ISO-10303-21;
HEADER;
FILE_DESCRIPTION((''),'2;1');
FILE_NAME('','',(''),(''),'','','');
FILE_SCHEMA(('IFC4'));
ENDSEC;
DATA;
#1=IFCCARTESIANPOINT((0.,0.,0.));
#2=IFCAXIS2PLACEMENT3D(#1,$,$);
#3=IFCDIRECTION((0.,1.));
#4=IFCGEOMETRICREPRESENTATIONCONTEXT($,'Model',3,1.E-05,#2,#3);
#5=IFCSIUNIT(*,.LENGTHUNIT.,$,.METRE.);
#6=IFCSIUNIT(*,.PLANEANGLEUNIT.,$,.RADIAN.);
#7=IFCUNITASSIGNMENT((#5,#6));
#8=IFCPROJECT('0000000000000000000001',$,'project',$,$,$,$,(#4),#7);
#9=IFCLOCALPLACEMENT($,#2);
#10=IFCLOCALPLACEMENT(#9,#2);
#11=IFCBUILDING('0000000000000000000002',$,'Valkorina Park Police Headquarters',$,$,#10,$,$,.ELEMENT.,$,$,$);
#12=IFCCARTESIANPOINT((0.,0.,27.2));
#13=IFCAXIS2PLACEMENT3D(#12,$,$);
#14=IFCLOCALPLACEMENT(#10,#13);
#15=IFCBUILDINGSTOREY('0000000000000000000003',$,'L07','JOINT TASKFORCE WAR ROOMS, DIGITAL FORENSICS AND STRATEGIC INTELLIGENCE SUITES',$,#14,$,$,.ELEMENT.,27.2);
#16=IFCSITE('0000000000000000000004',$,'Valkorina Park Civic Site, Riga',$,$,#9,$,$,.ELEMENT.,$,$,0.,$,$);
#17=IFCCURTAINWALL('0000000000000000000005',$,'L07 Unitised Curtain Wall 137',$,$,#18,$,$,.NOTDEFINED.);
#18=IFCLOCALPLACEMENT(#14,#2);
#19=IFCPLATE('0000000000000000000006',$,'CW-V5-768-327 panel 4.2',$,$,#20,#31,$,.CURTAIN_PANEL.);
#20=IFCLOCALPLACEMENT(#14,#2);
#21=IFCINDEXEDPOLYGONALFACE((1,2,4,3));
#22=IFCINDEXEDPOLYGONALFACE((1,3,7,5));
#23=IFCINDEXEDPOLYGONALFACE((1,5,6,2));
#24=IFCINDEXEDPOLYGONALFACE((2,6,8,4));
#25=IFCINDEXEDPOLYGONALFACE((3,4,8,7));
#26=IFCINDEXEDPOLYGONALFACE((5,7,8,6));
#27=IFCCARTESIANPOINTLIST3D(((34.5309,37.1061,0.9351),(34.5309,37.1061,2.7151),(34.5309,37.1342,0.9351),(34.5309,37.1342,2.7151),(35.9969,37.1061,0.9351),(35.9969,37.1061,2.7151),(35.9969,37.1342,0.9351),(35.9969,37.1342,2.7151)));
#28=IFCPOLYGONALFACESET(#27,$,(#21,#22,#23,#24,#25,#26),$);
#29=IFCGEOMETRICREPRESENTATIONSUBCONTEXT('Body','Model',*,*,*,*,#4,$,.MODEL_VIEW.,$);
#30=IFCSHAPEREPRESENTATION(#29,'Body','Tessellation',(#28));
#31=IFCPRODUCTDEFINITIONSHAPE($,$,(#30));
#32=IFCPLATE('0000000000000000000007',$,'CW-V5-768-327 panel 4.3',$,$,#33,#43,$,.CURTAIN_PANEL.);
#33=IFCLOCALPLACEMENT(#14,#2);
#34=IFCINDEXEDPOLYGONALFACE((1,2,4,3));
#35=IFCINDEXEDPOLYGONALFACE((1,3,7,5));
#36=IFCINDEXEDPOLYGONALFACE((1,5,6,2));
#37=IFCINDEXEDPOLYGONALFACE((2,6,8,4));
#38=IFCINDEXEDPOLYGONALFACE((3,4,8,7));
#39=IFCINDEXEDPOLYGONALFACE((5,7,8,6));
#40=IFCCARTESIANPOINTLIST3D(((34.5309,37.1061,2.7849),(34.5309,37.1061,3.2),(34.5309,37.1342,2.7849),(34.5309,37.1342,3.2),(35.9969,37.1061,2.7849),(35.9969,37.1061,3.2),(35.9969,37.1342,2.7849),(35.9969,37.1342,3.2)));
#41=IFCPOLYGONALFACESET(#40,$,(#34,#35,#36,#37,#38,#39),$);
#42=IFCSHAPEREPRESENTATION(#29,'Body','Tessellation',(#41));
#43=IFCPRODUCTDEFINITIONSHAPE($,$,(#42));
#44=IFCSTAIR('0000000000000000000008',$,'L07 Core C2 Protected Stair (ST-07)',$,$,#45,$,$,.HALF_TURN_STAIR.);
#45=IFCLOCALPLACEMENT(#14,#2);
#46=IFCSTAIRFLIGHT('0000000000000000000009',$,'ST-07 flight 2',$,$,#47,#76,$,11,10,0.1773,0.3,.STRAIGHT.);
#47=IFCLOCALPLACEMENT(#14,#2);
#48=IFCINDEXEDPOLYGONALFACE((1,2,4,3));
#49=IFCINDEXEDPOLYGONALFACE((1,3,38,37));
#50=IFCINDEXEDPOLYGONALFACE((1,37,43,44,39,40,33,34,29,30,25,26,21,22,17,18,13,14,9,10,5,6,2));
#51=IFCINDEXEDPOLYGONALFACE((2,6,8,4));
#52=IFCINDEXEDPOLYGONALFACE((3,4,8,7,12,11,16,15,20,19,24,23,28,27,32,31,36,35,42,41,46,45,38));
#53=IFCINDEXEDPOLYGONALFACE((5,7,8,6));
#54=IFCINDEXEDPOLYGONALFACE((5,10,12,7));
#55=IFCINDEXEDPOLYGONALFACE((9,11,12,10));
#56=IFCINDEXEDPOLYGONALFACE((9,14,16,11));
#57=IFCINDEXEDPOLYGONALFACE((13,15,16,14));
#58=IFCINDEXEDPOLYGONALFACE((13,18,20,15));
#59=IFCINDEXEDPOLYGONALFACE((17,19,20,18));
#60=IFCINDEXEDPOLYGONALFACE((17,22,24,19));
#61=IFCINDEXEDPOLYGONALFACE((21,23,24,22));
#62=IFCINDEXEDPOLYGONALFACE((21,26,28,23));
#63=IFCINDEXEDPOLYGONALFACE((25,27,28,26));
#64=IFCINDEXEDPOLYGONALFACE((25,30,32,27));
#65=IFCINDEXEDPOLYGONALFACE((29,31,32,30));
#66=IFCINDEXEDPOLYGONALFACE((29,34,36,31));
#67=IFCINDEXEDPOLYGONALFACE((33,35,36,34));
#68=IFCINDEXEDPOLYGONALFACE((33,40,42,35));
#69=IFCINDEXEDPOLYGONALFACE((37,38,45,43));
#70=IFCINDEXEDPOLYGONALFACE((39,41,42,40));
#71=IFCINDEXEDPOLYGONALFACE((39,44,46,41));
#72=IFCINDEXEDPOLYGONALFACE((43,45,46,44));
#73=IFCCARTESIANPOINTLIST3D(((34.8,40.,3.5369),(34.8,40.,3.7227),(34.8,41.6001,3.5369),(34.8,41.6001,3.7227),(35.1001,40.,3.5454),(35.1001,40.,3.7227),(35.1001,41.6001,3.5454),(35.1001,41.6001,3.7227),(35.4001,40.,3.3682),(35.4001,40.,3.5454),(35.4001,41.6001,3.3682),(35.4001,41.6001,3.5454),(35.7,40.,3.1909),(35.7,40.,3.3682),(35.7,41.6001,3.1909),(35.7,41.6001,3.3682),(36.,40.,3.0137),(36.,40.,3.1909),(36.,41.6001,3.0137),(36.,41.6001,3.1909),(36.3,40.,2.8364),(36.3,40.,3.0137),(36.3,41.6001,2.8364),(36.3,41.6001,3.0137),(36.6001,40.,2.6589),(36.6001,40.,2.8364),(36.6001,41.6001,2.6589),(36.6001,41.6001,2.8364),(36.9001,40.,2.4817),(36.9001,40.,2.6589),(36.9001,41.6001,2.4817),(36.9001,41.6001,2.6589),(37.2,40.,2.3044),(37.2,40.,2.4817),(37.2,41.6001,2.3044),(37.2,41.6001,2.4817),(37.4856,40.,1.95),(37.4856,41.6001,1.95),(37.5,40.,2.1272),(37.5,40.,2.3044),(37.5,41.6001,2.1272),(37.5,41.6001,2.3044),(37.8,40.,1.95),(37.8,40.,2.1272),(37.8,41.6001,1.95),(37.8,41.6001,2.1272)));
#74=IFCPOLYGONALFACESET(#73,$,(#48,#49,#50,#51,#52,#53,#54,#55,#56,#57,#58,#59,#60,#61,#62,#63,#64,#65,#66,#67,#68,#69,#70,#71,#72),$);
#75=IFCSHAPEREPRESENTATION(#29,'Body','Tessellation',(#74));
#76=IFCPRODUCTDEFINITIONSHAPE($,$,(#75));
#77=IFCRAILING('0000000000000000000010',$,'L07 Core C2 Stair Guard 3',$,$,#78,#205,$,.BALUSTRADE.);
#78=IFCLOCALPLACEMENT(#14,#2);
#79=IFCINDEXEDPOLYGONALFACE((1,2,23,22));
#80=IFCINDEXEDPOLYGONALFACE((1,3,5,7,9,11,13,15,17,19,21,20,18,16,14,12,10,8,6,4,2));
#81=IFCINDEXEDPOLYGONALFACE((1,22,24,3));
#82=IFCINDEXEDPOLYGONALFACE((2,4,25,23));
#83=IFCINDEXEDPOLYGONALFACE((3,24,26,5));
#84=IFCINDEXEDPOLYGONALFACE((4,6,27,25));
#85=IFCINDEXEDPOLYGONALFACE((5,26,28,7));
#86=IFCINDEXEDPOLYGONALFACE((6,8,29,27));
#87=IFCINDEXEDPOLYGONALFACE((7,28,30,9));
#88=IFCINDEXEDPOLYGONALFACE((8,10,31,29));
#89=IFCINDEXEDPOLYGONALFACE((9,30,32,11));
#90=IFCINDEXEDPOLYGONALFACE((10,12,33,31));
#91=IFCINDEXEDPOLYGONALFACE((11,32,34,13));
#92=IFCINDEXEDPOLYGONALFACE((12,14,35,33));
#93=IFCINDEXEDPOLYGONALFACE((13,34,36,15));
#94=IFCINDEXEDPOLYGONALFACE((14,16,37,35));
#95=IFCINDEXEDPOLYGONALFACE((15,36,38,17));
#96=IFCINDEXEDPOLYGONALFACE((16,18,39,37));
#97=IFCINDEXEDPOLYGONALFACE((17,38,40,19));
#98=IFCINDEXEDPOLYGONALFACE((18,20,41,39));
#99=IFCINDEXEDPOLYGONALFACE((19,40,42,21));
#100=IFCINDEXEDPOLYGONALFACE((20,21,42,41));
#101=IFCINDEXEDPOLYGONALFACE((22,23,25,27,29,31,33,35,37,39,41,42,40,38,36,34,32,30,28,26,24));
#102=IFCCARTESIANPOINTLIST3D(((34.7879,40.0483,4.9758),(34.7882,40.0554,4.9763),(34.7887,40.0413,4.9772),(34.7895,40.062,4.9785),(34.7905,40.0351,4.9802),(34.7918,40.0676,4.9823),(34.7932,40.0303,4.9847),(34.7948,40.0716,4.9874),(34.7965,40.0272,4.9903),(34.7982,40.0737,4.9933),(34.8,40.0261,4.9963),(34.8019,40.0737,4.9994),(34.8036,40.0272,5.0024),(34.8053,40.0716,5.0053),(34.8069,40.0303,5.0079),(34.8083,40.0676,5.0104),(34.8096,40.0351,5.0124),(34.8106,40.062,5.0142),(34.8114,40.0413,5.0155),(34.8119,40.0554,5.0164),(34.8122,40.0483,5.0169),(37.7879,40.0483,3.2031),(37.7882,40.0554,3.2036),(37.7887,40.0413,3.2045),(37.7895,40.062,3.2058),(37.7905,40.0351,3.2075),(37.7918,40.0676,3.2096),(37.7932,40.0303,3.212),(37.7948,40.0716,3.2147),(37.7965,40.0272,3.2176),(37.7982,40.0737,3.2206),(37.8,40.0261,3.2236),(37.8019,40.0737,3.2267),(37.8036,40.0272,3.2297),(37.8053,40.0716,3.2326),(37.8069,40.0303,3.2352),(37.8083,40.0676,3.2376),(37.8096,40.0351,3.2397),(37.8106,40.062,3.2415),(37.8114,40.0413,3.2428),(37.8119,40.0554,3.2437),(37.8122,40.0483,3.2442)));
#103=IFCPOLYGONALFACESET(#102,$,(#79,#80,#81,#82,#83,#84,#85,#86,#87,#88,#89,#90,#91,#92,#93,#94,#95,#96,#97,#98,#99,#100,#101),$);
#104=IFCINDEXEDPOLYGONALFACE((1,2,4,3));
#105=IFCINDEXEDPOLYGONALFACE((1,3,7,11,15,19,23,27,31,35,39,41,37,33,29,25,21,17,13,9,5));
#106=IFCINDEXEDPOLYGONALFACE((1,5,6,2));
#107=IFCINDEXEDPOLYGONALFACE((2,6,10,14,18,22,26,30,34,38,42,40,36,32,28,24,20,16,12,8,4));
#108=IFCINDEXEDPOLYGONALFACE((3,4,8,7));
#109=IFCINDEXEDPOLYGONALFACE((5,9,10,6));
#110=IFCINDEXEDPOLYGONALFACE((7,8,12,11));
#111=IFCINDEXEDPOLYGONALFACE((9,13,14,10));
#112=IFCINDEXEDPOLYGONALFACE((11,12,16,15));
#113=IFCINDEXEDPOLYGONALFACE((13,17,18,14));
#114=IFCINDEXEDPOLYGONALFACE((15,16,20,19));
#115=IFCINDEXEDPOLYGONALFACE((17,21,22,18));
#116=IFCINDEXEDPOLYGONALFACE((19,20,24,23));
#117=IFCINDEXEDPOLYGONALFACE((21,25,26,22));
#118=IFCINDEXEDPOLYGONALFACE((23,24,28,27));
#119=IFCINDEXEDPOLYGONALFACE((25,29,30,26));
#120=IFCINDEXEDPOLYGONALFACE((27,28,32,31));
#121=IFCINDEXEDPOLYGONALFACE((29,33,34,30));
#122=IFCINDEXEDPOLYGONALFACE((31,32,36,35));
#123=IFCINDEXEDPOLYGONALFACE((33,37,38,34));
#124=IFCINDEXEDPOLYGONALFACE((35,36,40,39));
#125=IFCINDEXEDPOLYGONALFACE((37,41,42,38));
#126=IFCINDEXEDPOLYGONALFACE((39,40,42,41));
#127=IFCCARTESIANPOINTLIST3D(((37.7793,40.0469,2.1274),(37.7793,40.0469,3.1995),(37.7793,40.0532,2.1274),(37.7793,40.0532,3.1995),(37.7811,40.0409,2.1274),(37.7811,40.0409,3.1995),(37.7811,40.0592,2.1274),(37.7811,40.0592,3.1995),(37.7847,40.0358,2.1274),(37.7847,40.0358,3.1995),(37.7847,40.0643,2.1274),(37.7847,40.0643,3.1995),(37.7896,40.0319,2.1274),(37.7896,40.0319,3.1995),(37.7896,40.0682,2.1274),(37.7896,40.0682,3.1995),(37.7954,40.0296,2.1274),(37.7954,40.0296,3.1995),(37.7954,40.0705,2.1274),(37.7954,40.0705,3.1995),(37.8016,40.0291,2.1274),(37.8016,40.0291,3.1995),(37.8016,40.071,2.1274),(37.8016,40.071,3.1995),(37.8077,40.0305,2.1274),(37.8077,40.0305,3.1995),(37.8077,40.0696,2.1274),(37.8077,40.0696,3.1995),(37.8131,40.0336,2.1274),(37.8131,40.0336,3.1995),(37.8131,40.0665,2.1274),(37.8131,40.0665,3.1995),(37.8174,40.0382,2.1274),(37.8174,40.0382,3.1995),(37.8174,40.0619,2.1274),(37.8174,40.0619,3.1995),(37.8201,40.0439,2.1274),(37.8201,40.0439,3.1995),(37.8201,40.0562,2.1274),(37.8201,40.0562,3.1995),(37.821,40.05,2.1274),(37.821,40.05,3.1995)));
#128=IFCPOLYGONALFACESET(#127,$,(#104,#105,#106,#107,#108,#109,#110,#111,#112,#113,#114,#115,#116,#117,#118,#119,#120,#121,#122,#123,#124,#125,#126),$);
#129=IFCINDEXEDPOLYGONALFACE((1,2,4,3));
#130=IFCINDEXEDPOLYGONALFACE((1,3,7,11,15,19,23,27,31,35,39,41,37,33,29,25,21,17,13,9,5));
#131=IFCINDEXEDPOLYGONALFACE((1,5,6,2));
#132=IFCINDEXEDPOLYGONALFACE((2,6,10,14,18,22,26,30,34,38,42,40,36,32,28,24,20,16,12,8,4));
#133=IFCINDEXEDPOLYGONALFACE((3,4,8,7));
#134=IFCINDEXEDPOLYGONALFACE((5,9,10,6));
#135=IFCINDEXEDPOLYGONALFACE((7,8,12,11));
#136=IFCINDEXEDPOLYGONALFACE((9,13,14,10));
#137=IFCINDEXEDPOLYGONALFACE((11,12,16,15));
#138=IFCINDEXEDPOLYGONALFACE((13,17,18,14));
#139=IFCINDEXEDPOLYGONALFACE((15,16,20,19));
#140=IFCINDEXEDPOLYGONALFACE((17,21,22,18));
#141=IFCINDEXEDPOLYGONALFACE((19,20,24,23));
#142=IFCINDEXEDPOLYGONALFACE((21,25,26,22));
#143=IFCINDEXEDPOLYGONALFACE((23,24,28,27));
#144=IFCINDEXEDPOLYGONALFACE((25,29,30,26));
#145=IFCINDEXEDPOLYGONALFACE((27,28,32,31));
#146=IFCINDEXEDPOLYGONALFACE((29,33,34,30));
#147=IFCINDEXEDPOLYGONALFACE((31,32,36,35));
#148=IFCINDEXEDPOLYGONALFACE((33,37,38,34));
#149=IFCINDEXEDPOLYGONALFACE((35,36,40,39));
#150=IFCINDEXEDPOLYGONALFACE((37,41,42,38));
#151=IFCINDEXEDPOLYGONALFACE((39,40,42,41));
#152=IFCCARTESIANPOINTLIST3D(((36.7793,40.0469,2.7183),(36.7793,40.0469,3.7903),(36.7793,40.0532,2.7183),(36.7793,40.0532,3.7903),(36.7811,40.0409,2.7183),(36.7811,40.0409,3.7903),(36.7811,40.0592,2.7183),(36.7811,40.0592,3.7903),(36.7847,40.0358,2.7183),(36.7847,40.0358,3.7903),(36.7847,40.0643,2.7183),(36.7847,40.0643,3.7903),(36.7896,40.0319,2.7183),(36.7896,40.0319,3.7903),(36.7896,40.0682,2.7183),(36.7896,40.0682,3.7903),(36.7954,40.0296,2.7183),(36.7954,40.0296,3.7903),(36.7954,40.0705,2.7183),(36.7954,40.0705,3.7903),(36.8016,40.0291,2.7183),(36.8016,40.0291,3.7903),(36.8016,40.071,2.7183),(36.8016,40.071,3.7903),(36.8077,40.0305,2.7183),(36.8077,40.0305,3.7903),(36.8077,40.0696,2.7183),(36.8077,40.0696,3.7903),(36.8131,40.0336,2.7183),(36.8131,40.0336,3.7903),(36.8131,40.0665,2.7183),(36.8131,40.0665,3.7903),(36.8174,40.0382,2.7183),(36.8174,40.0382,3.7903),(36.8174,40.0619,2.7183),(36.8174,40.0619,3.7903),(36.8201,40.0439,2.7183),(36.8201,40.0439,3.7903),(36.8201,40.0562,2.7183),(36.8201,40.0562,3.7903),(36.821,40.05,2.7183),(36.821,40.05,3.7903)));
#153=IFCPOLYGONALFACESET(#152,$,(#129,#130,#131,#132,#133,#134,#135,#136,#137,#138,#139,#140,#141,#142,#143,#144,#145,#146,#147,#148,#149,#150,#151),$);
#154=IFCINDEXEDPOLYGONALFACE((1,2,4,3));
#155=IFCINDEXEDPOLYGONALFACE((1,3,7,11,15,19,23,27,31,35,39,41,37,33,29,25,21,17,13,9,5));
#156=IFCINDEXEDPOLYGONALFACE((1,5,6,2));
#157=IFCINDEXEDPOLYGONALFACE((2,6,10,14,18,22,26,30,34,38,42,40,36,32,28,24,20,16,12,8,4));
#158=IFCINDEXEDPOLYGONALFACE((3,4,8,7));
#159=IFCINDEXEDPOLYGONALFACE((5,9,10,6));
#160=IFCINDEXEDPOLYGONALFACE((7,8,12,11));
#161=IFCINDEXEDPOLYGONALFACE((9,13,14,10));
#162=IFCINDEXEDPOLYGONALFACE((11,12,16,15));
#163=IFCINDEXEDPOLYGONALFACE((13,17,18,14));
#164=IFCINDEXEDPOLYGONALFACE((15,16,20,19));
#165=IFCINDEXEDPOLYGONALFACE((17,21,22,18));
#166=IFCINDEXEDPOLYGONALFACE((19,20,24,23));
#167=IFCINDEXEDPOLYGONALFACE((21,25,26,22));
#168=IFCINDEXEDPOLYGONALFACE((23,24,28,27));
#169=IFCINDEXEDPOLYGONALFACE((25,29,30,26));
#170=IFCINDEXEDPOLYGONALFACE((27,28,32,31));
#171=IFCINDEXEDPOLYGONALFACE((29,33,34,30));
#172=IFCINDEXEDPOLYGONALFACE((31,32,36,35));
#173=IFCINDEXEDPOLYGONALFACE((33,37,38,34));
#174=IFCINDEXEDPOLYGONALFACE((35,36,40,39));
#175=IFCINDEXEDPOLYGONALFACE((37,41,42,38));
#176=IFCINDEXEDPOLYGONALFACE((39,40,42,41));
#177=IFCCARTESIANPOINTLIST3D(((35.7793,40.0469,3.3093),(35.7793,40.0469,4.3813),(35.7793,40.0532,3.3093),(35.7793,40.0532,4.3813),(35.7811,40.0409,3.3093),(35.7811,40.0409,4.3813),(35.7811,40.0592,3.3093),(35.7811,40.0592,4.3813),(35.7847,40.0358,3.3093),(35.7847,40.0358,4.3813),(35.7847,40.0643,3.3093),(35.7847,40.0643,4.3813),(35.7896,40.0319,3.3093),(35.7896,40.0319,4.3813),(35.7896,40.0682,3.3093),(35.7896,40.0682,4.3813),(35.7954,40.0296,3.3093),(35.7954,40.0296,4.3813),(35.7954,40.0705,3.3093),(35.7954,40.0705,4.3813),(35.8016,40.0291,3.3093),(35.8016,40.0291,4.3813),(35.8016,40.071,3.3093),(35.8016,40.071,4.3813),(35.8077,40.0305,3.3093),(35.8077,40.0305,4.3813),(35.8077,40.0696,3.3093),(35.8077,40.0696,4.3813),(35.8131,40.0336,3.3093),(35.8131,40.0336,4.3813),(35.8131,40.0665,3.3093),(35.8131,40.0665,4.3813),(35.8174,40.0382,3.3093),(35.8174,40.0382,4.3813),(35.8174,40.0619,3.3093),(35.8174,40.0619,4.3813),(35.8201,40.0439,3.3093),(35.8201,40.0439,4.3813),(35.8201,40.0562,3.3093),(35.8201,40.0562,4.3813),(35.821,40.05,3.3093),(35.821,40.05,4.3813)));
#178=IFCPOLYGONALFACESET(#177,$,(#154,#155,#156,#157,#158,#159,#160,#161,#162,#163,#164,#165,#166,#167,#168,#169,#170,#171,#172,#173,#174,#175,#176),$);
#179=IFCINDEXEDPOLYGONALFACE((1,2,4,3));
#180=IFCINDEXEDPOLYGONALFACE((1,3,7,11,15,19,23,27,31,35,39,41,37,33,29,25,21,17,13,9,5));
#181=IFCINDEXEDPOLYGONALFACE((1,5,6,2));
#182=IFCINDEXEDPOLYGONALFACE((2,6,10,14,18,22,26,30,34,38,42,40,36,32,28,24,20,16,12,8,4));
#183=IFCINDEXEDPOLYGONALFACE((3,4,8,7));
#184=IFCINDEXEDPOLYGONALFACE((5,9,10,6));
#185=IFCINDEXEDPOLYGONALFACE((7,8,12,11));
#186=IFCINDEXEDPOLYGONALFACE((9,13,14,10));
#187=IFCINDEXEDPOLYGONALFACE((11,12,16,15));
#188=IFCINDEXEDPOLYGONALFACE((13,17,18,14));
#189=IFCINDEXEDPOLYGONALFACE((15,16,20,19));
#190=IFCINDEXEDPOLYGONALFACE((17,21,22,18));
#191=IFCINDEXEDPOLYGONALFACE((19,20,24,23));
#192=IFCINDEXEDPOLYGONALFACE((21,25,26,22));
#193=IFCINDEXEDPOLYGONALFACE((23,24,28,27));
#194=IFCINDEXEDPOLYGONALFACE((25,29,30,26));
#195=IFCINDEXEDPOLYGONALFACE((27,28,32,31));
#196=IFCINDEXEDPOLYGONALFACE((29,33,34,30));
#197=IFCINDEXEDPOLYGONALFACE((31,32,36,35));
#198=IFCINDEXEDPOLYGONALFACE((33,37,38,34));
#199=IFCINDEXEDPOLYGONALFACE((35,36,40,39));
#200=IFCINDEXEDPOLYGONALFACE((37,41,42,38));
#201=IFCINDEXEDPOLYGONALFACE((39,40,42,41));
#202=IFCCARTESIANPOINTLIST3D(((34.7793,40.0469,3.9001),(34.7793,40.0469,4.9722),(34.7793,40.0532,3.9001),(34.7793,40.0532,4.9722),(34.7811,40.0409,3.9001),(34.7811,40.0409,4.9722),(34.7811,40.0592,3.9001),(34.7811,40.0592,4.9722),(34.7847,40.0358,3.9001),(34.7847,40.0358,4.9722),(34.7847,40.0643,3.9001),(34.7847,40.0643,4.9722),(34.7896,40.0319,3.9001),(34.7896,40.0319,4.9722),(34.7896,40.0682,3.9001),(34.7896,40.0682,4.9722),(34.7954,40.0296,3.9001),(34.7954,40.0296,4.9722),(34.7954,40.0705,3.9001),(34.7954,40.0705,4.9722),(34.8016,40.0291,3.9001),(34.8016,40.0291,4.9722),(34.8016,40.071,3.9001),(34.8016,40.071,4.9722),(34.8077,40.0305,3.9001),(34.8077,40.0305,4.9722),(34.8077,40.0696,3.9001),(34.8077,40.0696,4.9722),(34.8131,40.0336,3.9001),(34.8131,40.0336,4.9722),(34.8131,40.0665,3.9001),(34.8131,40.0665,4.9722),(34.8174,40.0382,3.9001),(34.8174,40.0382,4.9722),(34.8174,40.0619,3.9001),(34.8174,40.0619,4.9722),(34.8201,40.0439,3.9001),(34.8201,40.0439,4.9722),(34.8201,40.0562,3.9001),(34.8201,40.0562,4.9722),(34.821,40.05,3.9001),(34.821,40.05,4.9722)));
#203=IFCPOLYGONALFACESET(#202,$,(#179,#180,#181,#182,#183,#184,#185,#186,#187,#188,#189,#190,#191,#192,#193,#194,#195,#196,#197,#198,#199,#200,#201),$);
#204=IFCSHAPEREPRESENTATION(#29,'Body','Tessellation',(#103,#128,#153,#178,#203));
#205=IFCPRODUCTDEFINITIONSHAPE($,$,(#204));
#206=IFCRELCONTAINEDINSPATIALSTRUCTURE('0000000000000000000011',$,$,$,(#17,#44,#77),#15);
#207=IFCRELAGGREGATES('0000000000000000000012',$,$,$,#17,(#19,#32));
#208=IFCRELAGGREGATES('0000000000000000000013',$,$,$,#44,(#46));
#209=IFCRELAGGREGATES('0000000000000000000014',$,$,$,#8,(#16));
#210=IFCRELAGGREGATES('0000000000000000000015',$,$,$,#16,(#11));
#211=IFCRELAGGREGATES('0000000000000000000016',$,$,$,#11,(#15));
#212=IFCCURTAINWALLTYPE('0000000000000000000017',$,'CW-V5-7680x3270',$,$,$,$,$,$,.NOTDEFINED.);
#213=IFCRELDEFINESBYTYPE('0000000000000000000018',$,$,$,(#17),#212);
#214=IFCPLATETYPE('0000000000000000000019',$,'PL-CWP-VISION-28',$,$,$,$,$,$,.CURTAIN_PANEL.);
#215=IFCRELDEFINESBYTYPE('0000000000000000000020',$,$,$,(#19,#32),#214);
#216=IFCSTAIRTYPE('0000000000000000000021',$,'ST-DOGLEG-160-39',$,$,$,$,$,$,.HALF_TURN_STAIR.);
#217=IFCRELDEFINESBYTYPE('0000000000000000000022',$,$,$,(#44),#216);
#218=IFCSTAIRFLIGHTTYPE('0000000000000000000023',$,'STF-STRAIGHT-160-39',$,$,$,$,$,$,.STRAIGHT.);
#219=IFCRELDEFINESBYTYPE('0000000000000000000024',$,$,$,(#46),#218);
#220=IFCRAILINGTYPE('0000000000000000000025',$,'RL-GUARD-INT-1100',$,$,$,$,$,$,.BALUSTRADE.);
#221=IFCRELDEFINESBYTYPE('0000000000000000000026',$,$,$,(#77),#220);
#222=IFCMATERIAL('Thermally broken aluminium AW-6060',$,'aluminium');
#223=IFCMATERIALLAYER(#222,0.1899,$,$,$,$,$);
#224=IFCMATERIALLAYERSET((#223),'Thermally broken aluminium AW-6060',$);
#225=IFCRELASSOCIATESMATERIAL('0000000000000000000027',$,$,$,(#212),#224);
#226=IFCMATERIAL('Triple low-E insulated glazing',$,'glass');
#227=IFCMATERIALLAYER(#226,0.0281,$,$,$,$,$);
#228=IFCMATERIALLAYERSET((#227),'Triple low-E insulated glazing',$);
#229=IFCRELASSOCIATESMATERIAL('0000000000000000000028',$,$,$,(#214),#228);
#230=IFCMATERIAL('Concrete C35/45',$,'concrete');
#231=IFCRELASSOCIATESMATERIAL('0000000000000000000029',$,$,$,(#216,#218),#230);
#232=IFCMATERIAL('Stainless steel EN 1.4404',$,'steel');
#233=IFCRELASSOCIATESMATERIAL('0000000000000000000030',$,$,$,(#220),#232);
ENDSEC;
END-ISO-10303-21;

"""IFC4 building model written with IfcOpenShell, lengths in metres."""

from ifc_helpers import new_model, si_unit, direction, frame, origin, origin_2d, place, context, subcontext, project, spatial, polyline, rectangle, circle, outline, extrude, material, layer, layer_set, type_object, element, aggregate, save


model = new_model("IFC4")

# Units and contexts
model_context = context("Model", 3, precision=1e-05, world=origin(), true_north=direction((0.0, 1.0)))
body_context = subcontext(model_context, "Body", "Model", "MODEL_VIEW")
ifc_project = project(units=[si_unit("LENGTHUNIT", "METRE"), si_unit("PLANEANGLEUNIT", "RADIAN")], contexts=[model_context])

# Site, building, storey
site_placement = place(None, origin())
site = spatial("IfcSite", under=ifc_project, at=site_placement, Name="Valkorina Park Civic Site, Riga", CompositionType="ELEMENT", RefElevation=0.0)
building_placement = place(site_placement, origin())
building = spatial("IfcBuilding", under=site, at=building_placement, Name="Valkorina Park Police Headquarters", CompositionType="ELEMENT")
storey_placement = place(building_placement, frame((0.0, 0.0, 27.2)))
storey = spatial("IfcBuildingStorey", under=building, at=storey_placement, Name="L07", Description="JOINT TASKFORCE WAR ROOMS, DIGITAL FORENSICS AND STRATEGIC INTELLIGENCE SUITES", CompositionType="ELEMENT", Elevation=27.2)

# Curtain wall, plates
ifc_material_1 = material(Name="Thermally broken aluminium AW-6060", Category="aluminium")
ifc_layer_1 = layer(ifc_material_1, 0.1899)
ifc_layer_set_1 = layer_set([ifc_layer_1], Name="Thermally broken aluminium AW-6060")
curtain_wall_type = type_object("IfcCurtainWallType", Name="CW-V5-7680x3270", PredefinedType="NOTDEFINED", material=ifc_layer_set_1)
curtain_wall_placement = place(storey_placement, origin())
curtain_wall = element("IfcCurtainWall", 1, at=curtain_wall_placement, inside=storey, type_object=curtain_wall_type, Name="L07 Unitised Curtain Wall 137", PredefinedType="NOTDEFINED")
ifc_material_2 = material(Name="Triple low-E insulated glazing", Category="glass")
ifc_layer_2 = layer(ifc_material_2, 0.0281)
ifc_layer_set_2 = layer_set([ifc_layer_2], Name="Triple low-E insulated glazing")
plate_type_1 = type_object("IfcPlateType", Name="PL-CWP-VISION-28", PredefinedType="CURTAIN_PANEL", material=ifc_layer_set_2)
plate_1_placement = place(storey_placement, frame((35.2639, 37.1201, 0.9351), z_axis=(0.0, 0.0, 1.0), x_axis=(-1.0, 0.0, 0.0)))
plate_1 = element("IfcPlate", 2, at=plate_1_placement, type_object=plate_type_1, Name="CW-V5-768-327 panel 4.2", PredefinedType="CURTAIN_PANEL", context=body_context, shape_type="SweptSolid", body=[
    extrude(rectangle(XDim=1.4661, YDim=0.0281, at=origin_2d()), origin(), (0.0, 0.0, 1.0), 1.78),
])
plate_2_placement = place(storey_placement, frame((35.2639, 37.1201, 2.7849), z_axis=(0.0, 0.0, 1.0), x_axis=(-1.0, 0.0, 0.0)))
plate_2 = element("IfcPlate", 3, at=plate_2_placement, type_object=plate_type_1, Name="CW-V5-768-327 panel 4.3", PredefinedType="CURTAIN_PANEL", context=body_context, shape_type="SweptSolid", body=[
    extrude(rectangle(XDim=1.4661, YDim=0.0281, at=origin_2d()), origin(), (0.0, 0.0, 1.0), 0.415),
])
aggregate(curtain_wall, [plate_1, plate_2])

# Stair, stair flight
ifc_material_3 = material(Name="Concrete C35/45", Category="concrete")
stair_type = type_object("IfcStairType", Name="ST-DOGLEG-160-39", PredefinedType="HALF_TURN_STAIR", material=ifc_material_3)
stair_placement = place(storey_placement, origin())
stair = element("IfcStair", 4, at=stair_placement, inside=storey, type_object=stair_type, Name="L07 Core C2 Protected Stair (ST-07)", PredefinedType="HALF_TURN_STAIR")
stair_flight_type = type_object("IfcStairFlightType", Name="STF-STRAIGHT-160-39", PredefinedType="STRAIGHT", material=ifc_material_3)
stair_flight_placement = place(storey_placement, frame((37.8, 40.8, 1.95), z_axis=(0.0, 0.0, 1.0), x_axis=(-1.0, 0.0, 0.0)))
stair_flight = element("IfcStairFlight", 5, at=stair_flight_placement, type_object=stair_flight_type, Name="ST-07 flight 2", NumberOfRisers=11, NumberOfTreads=10, PredefinedType="STRAIGHT", RiserHeight=0.1773, TreadLength=0.3, context=body_context, shape_type="SweptSolid", body=[
    extrude(outline(polyline([(0.0, 0.0), (0.0, 0.1772), (0.3, 0.1772), (0.3, 0.3545), (0.6001, 0.3545), (0.6001, 0.5317), (0.8999, 0.5317), (0.8999, 0.709), (1.2, 0.709), (1.2, 0.8865), (1.5, 0.8865), (1.5, 1.0637), (1.8, 1.0637), (1.8, 1.241), (2.1001, 1.241), (2.1001, 1.4182), (2.3999, 1.4182), (2.3999, 1.5955), (2.7, 1.5955), (2.7, 1.7727), (3.0, 1.7727), (3.0, 1.95), (3.0, 1.5869), (0.3145, 0.0), (0.0, 0.0)])), frame((0.0, 0.8, 0.0), z_axis=(0.0, -1.0, 0.0), x_axis=(1.0, 0.0, 0.0)), (0.0, 0.0, 1.0), 1.6001),
])
aggregate(stair, [stair_flight])

# Railing
ifc_material_4 = material(Name="Stainless steel EN 1.4404", Category="steel")
railing_type = type_object("IfcRailingType", Name="RL-GUARD-INT-1100", PredefinedType="BALUSTRADE", material=ifc_material_4)
railing_placement = place(storey_placement, frame((37.8, 40.05, 2.1274)))
element("IfcRailing", 6, at=railing_placement, inside=storey, type_object=railing_type, Name="L07 Core C2 Stair Guard 3", PredefinedType="BALUSTRADE", context=body_context, shape_type="SweptSolid", body=[
    extrude(circle(Radius=0.0239, at=origin_2d()), frame((0.0, 0.0, 1.0962), z_axis=(-0.860929, 0.0, 0.508725), x_axis=(0.0, -1.0, 0.0)), (0.0, 0.0, 1.0), 3.4846),
    extrude(circle(Radius=0.021, at=origin_2d()), origin(), (0.0, 0.0, 1.0), 1.072),
    extrude(circle(Radius=0.021, at=origin_2d()), frame((-1.0, 0.0, 0.5908)), (0.0, 0.0, 1.0), 1.072),
    extrude(circle(Radius=0.021, at=origin_2d()), frame((-2.0, 0.0, 1.1819)), (0.0, 0.0, 1.0), 1.072),
    extrude(circle(Radius=0.021, at=origin_2d()), frame((-3.0, 0.0, 1.7727)), (0.0, 0.0, 1.0), 1.072),
])

save(model, "model.ifc")
